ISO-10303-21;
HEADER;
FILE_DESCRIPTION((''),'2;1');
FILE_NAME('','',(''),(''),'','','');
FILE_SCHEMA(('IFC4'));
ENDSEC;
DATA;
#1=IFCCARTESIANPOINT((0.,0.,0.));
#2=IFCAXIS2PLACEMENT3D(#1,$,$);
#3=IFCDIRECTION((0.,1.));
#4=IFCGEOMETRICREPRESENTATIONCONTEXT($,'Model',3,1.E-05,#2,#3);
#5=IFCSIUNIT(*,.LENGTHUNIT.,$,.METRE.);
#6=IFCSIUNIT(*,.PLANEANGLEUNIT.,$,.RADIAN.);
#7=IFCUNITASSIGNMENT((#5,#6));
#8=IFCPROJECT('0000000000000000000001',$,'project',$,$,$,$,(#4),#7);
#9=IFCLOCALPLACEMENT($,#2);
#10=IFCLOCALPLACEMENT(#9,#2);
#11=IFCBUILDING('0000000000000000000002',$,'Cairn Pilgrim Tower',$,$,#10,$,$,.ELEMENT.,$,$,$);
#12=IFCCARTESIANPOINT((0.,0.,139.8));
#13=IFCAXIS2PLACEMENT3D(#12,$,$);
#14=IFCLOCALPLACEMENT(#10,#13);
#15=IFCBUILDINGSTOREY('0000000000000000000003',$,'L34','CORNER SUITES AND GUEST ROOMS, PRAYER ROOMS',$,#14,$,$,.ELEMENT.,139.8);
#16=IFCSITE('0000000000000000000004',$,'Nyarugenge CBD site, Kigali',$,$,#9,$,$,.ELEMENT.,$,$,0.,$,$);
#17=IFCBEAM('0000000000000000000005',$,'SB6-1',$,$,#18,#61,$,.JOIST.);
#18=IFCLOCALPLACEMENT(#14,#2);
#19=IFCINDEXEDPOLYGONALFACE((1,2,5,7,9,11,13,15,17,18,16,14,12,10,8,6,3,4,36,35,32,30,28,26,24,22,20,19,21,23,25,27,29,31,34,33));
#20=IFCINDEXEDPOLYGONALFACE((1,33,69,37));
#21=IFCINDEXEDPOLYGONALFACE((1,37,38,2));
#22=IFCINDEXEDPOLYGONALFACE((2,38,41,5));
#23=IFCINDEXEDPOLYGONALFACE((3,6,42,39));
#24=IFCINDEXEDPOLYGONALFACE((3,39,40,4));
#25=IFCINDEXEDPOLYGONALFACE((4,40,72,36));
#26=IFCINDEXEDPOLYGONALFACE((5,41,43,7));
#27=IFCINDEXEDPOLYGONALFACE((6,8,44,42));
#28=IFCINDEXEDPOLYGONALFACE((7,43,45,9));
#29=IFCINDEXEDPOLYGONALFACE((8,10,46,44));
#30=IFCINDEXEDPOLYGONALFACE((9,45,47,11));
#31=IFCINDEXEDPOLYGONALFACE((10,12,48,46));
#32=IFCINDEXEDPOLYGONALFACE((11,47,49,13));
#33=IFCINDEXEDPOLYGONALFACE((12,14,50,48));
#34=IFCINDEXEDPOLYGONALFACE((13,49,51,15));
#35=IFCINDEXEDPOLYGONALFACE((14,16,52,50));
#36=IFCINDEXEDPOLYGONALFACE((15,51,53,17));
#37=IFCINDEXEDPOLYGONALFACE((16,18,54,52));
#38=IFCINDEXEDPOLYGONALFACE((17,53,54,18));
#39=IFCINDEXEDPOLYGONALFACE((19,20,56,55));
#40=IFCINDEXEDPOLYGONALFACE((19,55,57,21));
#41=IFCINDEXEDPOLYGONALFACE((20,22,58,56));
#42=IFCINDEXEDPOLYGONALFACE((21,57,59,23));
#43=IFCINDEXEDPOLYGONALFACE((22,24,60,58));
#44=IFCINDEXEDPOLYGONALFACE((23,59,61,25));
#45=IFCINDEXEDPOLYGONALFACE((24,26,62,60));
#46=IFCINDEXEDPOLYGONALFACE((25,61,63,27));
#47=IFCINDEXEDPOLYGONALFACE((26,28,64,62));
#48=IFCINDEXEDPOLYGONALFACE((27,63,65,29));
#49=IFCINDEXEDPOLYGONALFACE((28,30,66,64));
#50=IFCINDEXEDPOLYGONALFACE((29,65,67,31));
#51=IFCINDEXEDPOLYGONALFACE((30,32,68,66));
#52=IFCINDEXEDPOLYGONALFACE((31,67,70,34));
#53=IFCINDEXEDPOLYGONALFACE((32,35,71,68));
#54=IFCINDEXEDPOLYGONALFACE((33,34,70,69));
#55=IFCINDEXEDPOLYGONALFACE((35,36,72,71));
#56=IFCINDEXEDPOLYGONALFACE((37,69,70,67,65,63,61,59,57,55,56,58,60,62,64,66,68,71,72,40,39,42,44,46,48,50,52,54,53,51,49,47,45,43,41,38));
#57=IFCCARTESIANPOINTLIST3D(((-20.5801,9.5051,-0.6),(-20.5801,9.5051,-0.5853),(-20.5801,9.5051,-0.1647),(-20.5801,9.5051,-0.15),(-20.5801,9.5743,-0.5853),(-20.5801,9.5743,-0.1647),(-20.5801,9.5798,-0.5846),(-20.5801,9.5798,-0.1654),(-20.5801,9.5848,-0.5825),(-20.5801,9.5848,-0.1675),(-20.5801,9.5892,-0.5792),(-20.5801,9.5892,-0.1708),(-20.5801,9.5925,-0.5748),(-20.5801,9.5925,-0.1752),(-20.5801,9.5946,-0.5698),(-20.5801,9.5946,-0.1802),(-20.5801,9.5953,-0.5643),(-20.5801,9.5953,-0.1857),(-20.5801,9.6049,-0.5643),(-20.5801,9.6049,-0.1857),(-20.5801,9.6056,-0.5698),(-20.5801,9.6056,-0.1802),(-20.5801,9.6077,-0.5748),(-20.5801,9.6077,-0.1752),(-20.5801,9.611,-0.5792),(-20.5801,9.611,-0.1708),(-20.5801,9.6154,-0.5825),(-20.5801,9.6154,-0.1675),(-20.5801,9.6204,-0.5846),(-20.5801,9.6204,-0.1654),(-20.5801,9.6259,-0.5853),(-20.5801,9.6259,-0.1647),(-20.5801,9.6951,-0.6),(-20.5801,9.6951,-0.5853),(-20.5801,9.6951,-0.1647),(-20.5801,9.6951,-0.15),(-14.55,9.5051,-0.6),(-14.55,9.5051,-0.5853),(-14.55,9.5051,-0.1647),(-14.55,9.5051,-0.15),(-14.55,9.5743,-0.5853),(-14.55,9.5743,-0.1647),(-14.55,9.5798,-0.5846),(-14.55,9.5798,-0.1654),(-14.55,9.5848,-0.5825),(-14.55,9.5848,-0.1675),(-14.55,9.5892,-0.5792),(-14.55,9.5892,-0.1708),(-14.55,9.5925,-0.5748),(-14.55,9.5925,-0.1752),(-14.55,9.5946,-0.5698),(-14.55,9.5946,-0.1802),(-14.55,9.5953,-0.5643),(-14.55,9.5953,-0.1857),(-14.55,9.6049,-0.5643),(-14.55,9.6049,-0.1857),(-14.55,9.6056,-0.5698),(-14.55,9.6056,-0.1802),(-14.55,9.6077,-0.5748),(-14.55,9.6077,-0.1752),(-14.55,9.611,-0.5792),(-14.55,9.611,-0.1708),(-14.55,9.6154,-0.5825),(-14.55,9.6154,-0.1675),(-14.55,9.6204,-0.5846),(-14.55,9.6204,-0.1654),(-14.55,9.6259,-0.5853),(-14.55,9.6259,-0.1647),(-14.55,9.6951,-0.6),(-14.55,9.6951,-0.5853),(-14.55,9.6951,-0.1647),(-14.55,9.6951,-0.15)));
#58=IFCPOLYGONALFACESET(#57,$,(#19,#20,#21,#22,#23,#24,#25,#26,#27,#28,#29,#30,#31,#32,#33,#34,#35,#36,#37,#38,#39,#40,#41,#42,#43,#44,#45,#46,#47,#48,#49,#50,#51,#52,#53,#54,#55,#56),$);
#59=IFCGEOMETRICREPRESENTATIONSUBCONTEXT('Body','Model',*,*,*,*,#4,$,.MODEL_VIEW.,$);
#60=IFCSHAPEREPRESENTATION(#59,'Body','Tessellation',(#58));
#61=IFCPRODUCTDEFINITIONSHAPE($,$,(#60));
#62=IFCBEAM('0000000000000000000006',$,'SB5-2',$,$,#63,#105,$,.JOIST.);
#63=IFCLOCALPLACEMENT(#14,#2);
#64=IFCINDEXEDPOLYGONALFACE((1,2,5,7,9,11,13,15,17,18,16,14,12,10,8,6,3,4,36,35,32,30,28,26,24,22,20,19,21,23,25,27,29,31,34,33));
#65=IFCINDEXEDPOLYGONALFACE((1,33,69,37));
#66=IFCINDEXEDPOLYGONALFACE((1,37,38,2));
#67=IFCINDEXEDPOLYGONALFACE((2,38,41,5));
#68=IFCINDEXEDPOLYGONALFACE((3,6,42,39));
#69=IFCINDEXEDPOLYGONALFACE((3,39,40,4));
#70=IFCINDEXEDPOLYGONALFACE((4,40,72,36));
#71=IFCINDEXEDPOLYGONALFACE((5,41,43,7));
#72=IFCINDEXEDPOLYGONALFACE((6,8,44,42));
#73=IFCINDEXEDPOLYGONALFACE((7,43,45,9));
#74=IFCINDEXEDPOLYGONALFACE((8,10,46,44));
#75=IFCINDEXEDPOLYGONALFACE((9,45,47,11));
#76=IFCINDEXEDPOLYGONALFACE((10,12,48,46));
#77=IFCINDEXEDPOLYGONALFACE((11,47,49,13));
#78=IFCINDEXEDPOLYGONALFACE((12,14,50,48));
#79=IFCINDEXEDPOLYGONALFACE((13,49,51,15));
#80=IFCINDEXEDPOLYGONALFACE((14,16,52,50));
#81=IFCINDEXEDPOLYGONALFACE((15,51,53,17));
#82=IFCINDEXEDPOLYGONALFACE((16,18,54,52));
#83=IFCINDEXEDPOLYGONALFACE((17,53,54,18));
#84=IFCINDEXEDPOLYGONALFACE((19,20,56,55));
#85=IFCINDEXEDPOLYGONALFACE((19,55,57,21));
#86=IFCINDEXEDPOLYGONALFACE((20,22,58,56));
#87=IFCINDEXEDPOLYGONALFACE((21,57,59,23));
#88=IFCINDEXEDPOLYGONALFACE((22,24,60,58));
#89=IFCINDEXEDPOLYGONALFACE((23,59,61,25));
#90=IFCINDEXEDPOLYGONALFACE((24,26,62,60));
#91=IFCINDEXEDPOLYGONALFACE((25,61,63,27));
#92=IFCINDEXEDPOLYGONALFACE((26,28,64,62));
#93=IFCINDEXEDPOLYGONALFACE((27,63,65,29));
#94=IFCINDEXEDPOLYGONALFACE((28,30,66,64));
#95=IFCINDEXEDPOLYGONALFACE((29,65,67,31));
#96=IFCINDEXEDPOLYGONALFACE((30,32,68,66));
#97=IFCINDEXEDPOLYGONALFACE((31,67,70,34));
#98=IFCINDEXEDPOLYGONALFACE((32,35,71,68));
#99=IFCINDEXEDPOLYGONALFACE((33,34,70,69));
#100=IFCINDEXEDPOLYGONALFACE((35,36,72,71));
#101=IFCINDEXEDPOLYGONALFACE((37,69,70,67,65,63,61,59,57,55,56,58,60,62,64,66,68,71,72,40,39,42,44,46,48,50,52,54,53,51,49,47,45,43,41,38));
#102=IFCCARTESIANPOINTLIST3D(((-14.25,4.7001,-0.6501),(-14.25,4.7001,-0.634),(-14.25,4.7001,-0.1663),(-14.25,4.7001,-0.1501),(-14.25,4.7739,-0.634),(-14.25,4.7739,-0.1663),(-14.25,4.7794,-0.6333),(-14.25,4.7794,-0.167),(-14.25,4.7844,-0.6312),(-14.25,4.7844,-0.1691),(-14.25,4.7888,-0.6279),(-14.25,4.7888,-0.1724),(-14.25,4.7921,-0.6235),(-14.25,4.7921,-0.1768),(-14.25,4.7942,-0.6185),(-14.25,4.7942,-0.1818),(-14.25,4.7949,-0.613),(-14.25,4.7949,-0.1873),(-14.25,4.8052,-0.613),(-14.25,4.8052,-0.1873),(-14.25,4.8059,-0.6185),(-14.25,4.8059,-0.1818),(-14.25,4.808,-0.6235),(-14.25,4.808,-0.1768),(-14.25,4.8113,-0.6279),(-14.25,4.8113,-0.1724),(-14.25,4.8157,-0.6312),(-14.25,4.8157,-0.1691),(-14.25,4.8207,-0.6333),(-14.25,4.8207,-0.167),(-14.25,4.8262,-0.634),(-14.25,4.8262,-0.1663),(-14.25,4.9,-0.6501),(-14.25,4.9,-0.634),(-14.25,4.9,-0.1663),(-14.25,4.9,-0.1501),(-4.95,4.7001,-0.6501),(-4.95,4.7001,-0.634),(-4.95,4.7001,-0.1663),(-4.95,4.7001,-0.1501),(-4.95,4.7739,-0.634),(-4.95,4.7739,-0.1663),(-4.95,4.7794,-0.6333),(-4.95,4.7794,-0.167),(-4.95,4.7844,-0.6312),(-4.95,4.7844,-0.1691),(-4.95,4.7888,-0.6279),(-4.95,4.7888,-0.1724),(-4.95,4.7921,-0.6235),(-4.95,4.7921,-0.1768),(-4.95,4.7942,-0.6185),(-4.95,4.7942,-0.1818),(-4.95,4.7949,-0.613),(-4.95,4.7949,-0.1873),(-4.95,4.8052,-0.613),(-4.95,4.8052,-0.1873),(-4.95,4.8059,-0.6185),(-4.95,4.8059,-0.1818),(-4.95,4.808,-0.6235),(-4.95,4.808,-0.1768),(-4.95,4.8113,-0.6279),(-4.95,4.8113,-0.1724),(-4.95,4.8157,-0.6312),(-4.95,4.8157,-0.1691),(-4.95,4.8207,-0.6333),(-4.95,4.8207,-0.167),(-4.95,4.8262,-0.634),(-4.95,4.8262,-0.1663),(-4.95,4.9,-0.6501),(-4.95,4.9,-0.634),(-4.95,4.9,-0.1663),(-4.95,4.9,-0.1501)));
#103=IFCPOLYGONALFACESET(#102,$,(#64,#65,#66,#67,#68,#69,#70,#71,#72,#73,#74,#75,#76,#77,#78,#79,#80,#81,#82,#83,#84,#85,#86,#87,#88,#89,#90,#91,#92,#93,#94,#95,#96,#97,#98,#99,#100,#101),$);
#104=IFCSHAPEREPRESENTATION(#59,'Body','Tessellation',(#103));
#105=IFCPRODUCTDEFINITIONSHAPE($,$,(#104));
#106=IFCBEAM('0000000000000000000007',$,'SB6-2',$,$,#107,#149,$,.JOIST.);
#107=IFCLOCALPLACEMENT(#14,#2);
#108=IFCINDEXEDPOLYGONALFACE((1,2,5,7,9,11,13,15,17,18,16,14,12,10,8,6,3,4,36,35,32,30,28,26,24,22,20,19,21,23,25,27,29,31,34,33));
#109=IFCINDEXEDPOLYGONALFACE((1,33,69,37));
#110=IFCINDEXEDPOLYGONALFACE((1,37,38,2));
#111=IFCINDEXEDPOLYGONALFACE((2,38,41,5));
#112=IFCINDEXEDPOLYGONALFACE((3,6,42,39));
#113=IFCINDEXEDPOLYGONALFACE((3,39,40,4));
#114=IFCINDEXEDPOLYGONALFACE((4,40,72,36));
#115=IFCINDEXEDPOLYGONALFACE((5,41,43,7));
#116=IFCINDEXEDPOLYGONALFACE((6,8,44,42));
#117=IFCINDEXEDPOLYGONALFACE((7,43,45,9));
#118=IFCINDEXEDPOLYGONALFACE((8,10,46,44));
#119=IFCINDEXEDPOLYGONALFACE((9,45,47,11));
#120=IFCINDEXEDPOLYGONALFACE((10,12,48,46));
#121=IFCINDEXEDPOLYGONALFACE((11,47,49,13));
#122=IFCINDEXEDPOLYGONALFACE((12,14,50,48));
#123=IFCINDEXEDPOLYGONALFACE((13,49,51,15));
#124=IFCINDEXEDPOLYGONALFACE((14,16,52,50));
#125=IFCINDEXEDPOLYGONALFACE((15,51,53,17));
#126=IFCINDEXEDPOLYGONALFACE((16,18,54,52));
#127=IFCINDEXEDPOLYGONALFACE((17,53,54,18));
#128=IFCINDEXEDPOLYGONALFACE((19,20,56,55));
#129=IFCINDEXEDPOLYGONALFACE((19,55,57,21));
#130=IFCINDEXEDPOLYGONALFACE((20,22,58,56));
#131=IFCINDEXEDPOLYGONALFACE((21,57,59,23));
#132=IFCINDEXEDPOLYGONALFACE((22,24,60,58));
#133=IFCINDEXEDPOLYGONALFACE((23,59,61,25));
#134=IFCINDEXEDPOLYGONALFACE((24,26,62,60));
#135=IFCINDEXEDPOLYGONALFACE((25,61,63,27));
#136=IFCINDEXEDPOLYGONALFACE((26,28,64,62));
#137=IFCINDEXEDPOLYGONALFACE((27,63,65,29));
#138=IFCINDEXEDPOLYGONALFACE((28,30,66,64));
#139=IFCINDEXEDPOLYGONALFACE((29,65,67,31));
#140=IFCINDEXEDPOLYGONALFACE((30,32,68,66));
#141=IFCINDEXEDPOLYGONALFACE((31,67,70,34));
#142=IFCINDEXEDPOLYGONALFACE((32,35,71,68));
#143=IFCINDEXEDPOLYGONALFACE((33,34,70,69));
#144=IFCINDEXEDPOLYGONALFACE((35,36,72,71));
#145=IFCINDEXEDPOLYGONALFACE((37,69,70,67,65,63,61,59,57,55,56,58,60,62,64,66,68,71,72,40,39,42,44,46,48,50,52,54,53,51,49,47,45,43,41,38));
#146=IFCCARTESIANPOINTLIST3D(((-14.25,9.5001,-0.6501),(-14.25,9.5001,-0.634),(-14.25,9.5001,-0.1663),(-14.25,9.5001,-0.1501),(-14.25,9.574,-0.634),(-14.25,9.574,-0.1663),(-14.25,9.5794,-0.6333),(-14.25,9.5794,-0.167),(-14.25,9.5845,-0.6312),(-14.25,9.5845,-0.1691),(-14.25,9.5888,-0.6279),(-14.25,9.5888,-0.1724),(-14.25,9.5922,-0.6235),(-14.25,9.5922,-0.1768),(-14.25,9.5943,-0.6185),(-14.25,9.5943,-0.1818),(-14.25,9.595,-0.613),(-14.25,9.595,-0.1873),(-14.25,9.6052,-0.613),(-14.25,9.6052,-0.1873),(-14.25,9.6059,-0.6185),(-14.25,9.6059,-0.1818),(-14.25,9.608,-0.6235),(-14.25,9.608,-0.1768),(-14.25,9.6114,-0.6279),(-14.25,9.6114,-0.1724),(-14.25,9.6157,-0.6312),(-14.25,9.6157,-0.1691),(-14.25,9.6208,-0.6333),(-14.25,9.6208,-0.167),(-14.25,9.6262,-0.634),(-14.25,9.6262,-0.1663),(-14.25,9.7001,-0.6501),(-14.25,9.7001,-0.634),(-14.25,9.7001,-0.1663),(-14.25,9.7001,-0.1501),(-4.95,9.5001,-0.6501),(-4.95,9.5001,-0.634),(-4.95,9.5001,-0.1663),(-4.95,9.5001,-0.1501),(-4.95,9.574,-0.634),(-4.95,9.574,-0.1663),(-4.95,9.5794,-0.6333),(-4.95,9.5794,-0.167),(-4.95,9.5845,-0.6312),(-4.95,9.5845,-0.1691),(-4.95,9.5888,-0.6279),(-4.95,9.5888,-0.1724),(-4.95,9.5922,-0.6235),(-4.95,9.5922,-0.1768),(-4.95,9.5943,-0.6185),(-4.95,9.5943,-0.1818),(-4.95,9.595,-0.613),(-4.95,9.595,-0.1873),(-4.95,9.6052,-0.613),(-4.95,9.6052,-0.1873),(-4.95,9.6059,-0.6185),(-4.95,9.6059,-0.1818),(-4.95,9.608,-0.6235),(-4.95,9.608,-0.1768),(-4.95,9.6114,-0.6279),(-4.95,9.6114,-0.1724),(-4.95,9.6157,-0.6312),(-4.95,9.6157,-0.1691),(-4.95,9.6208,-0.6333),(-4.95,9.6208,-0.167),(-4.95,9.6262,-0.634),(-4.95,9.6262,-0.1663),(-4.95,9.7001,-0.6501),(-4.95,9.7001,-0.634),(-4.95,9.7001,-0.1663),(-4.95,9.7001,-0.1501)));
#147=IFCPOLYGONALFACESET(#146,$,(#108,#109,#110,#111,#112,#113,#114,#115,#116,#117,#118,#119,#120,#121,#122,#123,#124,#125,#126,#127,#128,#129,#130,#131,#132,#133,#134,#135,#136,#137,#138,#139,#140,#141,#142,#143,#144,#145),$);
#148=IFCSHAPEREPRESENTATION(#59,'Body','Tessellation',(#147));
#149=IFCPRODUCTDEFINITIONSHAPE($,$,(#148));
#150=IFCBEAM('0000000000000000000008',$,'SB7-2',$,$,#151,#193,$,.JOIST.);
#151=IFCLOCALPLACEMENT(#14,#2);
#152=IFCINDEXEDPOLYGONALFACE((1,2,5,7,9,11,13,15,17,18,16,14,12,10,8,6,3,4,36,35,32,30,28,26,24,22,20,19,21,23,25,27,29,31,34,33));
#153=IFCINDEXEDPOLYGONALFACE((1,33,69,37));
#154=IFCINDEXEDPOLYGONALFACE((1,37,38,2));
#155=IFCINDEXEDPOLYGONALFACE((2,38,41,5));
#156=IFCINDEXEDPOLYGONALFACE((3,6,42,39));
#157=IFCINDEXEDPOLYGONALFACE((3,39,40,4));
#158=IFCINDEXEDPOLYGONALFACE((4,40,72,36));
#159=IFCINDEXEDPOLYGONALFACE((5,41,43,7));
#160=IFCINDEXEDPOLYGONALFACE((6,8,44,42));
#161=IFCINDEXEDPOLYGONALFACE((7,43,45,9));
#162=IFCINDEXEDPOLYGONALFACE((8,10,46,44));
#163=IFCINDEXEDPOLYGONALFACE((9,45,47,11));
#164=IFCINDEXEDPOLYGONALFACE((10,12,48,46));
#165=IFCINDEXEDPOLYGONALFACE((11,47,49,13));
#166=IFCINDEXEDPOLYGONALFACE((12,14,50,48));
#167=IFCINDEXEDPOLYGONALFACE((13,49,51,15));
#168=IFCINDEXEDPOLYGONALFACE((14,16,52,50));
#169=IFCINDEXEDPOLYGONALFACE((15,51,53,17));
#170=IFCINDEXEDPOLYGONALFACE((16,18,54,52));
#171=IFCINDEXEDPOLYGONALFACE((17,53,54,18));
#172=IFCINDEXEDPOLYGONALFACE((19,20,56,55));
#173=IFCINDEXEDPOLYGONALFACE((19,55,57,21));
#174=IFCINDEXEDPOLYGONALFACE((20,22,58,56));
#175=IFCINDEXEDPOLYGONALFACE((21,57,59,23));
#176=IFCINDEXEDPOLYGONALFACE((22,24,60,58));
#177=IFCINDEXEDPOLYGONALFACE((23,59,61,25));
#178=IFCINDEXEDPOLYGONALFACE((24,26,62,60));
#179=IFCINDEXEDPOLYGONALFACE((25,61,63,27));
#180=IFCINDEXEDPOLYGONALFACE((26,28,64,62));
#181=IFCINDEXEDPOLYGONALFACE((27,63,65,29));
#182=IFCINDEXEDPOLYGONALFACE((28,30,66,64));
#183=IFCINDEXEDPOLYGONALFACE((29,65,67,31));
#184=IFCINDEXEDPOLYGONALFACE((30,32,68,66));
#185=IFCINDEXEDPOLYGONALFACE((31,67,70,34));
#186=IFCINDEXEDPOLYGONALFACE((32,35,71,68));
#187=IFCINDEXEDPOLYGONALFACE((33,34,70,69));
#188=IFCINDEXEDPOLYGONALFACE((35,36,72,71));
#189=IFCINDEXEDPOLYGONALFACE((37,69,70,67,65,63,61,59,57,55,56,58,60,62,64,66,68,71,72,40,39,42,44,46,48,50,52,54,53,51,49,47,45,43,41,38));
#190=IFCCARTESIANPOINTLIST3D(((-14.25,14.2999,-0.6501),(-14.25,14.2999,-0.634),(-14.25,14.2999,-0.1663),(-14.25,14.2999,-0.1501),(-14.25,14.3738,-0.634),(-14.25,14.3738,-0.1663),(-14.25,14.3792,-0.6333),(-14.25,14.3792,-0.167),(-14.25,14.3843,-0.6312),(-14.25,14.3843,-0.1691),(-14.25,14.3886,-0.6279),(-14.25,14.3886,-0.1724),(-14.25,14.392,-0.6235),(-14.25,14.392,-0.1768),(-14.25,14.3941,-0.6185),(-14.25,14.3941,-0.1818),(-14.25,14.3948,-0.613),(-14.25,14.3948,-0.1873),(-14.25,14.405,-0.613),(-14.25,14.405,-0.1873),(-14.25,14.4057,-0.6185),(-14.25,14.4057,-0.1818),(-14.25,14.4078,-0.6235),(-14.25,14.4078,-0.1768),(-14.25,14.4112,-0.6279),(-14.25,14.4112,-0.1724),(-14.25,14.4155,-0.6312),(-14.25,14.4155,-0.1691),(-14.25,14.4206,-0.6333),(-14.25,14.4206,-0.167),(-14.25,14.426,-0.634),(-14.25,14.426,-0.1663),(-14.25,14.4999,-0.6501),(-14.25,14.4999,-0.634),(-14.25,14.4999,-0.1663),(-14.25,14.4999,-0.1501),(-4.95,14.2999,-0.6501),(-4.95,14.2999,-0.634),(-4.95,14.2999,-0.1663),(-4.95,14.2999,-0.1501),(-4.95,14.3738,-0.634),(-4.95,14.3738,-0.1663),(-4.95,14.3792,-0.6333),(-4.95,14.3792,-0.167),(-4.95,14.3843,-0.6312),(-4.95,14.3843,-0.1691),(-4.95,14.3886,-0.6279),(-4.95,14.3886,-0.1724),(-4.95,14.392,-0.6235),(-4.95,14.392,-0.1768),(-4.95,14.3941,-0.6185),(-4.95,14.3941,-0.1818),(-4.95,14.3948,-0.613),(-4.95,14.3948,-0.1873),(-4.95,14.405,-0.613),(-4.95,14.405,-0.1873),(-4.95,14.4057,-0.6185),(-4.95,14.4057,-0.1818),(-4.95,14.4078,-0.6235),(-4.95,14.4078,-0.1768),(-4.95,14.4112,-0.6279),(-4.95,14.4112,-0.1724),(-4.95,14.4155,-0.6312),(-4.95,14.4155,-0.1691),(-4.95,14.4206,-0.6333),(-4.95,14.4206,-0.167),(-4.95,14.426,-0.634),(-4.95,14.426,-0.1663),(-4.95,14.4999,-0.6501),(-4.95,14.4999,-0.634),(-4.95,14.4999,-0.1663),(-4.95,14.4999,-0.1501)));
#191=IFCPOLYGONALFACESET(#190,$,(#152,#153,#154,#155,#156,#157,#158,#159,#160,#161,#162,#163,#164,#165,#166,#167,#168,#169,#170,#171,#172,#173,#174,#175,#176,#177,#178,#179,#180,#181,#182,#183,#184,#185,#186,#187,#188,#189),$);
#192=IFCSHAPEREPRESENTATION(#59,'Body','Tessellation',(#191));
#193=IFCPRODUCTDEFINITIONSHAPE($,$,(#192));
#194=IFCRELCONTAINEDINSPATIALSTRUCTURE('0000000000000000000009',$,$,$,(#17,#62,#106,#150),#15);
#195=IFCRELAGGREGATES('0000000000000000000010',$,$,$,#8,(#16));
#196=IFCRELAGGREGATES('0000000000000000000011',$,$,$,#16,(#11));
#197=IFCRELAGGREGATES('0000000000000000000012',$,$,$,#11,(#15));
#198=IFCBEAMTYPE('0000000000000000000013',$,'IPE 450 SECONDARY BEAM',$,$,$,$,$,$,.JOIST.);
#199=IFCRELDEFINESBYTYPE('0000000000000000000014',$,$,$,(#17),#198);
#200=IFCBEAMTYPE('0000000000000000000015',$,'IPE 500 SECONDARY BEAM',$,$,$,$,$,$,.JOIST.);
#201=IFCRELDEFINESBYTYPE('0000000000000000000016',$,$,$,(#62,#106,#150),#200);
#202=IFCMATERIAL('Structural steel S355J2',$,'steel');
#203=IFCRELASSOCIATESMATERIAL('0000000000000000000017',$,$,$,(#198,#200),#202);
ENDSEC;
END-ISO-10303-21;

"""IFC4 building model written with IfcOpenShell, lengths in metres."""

from ifc_helpers import new_model, si_unit, direction, frame, origin, origin_2d, place, context, subcontext, project, spatial, i_section, extrude, material, material_profile, profile_set, type_object, element, save


model = new_model("IFC4")

# Units and contexts
model_context = context("Model", 3, precision=1e-05, world=origin(), true_north=direction((0.0, 1.0)))
body_context = subcontext(model_context, "Body", "Model", "MODEL_VIEW")
ifc_project = project(units=[si_unit("LENGTHUNIT", "METRE"), si_unit("PLANEANGLEUNIT", "RADIAN")], contexts=[model_context])

# Site, building, storey
site_placement = place(None, origin())
site = spatial("IfcSite", under=ifc_project, at=site_placement, Name="Nyarugenge CBD site, Kigali", CompositionType="ELEMENT", RefElevation=0.0)
building_placement = place(site_placement, origin())
building = spatial("IfcBuilding", under=site, at=building_placement, Name="Cairn Pilgrim Tower", CompositionType="ELEMENT")
storey_placement = place(building_placement, frame((0.0, 0.0, 139.8)))
storey = spatial("IfcBuildingStorey", under=building, at=storey_placement, Name="L34", Description="CORNER SUITES AND GUEST ROOMS, PRAYER ROOMS", CompositionType="ELEMENT", Elevation=139.8)

# Shared definitions
ifc_material_1 = material(Name="Structural steel S355J2", Category="steel")

# Beams
ifc_material_profile_1 = material_profile(ifc_material_1, i_section(OverallWidth=0.1899, OverallDepth=0.45, WebThickness=0.0095, FlangeThickness=0.0146, FilletRadius=0.021, at=origin_2d()), Name="IPE 450")
ifc_profile_set_1 = profile_set([ifc_material_profile_1], Name="Structural steel S355J2")
beam_type_1 = type_object("IfcBeamType", Name="IPE 450 SECONDARY BEAM", PredefinedType="JOIST", material=ifc_profile_set_1)
for number, where, z_axis, x_axis, name in (
    (1, (-20.5801, 9.6001, -0.375), (1.0, 0.0, 0.0), (0.0, 1.0, 0.0), "SB6-1"),
):
    element("IfcBeam", number, at=place(storey_placement, frame(where, z_axis=z_axis, x_axis=x_axis)), inside=storey, type_object=beam_type_1, Name=name, PredefinedType="JOIST", context=body_context, shape_type="SweptSolid", body=[
        extrude(i_section(OverallWidth=0.1899, OverallDepth=0.45, WebThickness=0.0095, FlangeThickness=0.0146, FilletRadius=0.021, at=origin_2d()), origin(), (0.0, 0.0, 1.0), 6.03),
    ])
ifc_material_profile_2 = material_profile(ifc_material_1, i_section(OverallWidth=0.2, OverallDepth=0.5, WebThickness=0.0103, FlangeThickness=0.0161, FilletRadius=0.021, at=origin_2d()), Name="IPE 500")
ifc_profile_set_2 = profile_set([ifc_material_profile_2], Name="Structural steel S355J2")
beam_type_2 = type_object("IfcBeamType", Name="IPE 500 SECONDARY BEAM", PredefinedType="JOIST", material=ifc_profile_set_2)
for number, where, z_axis, x_axis, name in (
    (2, (-14.25, 4.8, -0.4001), (1.0, 0.0, 0.0), (0.0, 1.0, 0.0), "SB5-2"),
    (3, (-14.25, 9.6001, -0.4001), (1.0, 0.0, 0.0), (0.0, 1.0, 0.0), "SB6-2"),
    (4, (-14.25, 14.3999, -0.4001), (1.0, 0.0, 0.0), (0.0, 1.0, 0.0), "SB7-2"),
):
    element("IfcBeam", number, at=place(storey_placement, frame(where, z_axis=z_axis, x_axis=x_axis)), inside=storey, type_object=beam_type_2, Name=name, PredefinedType="JOIST", context=body_context, shape_type="SweptSolid", body=[
        extrude(i_section(OverallWidth=0.2, OverallDepth=0.5, WebThickness=0.0103, FlangeThickness=0.0161, FilletRadius=0.021, at=origin_2d()), origin(), (0.0, 0.0, 1.0), 9.3),
    ])

save(model, "model.ifc")
